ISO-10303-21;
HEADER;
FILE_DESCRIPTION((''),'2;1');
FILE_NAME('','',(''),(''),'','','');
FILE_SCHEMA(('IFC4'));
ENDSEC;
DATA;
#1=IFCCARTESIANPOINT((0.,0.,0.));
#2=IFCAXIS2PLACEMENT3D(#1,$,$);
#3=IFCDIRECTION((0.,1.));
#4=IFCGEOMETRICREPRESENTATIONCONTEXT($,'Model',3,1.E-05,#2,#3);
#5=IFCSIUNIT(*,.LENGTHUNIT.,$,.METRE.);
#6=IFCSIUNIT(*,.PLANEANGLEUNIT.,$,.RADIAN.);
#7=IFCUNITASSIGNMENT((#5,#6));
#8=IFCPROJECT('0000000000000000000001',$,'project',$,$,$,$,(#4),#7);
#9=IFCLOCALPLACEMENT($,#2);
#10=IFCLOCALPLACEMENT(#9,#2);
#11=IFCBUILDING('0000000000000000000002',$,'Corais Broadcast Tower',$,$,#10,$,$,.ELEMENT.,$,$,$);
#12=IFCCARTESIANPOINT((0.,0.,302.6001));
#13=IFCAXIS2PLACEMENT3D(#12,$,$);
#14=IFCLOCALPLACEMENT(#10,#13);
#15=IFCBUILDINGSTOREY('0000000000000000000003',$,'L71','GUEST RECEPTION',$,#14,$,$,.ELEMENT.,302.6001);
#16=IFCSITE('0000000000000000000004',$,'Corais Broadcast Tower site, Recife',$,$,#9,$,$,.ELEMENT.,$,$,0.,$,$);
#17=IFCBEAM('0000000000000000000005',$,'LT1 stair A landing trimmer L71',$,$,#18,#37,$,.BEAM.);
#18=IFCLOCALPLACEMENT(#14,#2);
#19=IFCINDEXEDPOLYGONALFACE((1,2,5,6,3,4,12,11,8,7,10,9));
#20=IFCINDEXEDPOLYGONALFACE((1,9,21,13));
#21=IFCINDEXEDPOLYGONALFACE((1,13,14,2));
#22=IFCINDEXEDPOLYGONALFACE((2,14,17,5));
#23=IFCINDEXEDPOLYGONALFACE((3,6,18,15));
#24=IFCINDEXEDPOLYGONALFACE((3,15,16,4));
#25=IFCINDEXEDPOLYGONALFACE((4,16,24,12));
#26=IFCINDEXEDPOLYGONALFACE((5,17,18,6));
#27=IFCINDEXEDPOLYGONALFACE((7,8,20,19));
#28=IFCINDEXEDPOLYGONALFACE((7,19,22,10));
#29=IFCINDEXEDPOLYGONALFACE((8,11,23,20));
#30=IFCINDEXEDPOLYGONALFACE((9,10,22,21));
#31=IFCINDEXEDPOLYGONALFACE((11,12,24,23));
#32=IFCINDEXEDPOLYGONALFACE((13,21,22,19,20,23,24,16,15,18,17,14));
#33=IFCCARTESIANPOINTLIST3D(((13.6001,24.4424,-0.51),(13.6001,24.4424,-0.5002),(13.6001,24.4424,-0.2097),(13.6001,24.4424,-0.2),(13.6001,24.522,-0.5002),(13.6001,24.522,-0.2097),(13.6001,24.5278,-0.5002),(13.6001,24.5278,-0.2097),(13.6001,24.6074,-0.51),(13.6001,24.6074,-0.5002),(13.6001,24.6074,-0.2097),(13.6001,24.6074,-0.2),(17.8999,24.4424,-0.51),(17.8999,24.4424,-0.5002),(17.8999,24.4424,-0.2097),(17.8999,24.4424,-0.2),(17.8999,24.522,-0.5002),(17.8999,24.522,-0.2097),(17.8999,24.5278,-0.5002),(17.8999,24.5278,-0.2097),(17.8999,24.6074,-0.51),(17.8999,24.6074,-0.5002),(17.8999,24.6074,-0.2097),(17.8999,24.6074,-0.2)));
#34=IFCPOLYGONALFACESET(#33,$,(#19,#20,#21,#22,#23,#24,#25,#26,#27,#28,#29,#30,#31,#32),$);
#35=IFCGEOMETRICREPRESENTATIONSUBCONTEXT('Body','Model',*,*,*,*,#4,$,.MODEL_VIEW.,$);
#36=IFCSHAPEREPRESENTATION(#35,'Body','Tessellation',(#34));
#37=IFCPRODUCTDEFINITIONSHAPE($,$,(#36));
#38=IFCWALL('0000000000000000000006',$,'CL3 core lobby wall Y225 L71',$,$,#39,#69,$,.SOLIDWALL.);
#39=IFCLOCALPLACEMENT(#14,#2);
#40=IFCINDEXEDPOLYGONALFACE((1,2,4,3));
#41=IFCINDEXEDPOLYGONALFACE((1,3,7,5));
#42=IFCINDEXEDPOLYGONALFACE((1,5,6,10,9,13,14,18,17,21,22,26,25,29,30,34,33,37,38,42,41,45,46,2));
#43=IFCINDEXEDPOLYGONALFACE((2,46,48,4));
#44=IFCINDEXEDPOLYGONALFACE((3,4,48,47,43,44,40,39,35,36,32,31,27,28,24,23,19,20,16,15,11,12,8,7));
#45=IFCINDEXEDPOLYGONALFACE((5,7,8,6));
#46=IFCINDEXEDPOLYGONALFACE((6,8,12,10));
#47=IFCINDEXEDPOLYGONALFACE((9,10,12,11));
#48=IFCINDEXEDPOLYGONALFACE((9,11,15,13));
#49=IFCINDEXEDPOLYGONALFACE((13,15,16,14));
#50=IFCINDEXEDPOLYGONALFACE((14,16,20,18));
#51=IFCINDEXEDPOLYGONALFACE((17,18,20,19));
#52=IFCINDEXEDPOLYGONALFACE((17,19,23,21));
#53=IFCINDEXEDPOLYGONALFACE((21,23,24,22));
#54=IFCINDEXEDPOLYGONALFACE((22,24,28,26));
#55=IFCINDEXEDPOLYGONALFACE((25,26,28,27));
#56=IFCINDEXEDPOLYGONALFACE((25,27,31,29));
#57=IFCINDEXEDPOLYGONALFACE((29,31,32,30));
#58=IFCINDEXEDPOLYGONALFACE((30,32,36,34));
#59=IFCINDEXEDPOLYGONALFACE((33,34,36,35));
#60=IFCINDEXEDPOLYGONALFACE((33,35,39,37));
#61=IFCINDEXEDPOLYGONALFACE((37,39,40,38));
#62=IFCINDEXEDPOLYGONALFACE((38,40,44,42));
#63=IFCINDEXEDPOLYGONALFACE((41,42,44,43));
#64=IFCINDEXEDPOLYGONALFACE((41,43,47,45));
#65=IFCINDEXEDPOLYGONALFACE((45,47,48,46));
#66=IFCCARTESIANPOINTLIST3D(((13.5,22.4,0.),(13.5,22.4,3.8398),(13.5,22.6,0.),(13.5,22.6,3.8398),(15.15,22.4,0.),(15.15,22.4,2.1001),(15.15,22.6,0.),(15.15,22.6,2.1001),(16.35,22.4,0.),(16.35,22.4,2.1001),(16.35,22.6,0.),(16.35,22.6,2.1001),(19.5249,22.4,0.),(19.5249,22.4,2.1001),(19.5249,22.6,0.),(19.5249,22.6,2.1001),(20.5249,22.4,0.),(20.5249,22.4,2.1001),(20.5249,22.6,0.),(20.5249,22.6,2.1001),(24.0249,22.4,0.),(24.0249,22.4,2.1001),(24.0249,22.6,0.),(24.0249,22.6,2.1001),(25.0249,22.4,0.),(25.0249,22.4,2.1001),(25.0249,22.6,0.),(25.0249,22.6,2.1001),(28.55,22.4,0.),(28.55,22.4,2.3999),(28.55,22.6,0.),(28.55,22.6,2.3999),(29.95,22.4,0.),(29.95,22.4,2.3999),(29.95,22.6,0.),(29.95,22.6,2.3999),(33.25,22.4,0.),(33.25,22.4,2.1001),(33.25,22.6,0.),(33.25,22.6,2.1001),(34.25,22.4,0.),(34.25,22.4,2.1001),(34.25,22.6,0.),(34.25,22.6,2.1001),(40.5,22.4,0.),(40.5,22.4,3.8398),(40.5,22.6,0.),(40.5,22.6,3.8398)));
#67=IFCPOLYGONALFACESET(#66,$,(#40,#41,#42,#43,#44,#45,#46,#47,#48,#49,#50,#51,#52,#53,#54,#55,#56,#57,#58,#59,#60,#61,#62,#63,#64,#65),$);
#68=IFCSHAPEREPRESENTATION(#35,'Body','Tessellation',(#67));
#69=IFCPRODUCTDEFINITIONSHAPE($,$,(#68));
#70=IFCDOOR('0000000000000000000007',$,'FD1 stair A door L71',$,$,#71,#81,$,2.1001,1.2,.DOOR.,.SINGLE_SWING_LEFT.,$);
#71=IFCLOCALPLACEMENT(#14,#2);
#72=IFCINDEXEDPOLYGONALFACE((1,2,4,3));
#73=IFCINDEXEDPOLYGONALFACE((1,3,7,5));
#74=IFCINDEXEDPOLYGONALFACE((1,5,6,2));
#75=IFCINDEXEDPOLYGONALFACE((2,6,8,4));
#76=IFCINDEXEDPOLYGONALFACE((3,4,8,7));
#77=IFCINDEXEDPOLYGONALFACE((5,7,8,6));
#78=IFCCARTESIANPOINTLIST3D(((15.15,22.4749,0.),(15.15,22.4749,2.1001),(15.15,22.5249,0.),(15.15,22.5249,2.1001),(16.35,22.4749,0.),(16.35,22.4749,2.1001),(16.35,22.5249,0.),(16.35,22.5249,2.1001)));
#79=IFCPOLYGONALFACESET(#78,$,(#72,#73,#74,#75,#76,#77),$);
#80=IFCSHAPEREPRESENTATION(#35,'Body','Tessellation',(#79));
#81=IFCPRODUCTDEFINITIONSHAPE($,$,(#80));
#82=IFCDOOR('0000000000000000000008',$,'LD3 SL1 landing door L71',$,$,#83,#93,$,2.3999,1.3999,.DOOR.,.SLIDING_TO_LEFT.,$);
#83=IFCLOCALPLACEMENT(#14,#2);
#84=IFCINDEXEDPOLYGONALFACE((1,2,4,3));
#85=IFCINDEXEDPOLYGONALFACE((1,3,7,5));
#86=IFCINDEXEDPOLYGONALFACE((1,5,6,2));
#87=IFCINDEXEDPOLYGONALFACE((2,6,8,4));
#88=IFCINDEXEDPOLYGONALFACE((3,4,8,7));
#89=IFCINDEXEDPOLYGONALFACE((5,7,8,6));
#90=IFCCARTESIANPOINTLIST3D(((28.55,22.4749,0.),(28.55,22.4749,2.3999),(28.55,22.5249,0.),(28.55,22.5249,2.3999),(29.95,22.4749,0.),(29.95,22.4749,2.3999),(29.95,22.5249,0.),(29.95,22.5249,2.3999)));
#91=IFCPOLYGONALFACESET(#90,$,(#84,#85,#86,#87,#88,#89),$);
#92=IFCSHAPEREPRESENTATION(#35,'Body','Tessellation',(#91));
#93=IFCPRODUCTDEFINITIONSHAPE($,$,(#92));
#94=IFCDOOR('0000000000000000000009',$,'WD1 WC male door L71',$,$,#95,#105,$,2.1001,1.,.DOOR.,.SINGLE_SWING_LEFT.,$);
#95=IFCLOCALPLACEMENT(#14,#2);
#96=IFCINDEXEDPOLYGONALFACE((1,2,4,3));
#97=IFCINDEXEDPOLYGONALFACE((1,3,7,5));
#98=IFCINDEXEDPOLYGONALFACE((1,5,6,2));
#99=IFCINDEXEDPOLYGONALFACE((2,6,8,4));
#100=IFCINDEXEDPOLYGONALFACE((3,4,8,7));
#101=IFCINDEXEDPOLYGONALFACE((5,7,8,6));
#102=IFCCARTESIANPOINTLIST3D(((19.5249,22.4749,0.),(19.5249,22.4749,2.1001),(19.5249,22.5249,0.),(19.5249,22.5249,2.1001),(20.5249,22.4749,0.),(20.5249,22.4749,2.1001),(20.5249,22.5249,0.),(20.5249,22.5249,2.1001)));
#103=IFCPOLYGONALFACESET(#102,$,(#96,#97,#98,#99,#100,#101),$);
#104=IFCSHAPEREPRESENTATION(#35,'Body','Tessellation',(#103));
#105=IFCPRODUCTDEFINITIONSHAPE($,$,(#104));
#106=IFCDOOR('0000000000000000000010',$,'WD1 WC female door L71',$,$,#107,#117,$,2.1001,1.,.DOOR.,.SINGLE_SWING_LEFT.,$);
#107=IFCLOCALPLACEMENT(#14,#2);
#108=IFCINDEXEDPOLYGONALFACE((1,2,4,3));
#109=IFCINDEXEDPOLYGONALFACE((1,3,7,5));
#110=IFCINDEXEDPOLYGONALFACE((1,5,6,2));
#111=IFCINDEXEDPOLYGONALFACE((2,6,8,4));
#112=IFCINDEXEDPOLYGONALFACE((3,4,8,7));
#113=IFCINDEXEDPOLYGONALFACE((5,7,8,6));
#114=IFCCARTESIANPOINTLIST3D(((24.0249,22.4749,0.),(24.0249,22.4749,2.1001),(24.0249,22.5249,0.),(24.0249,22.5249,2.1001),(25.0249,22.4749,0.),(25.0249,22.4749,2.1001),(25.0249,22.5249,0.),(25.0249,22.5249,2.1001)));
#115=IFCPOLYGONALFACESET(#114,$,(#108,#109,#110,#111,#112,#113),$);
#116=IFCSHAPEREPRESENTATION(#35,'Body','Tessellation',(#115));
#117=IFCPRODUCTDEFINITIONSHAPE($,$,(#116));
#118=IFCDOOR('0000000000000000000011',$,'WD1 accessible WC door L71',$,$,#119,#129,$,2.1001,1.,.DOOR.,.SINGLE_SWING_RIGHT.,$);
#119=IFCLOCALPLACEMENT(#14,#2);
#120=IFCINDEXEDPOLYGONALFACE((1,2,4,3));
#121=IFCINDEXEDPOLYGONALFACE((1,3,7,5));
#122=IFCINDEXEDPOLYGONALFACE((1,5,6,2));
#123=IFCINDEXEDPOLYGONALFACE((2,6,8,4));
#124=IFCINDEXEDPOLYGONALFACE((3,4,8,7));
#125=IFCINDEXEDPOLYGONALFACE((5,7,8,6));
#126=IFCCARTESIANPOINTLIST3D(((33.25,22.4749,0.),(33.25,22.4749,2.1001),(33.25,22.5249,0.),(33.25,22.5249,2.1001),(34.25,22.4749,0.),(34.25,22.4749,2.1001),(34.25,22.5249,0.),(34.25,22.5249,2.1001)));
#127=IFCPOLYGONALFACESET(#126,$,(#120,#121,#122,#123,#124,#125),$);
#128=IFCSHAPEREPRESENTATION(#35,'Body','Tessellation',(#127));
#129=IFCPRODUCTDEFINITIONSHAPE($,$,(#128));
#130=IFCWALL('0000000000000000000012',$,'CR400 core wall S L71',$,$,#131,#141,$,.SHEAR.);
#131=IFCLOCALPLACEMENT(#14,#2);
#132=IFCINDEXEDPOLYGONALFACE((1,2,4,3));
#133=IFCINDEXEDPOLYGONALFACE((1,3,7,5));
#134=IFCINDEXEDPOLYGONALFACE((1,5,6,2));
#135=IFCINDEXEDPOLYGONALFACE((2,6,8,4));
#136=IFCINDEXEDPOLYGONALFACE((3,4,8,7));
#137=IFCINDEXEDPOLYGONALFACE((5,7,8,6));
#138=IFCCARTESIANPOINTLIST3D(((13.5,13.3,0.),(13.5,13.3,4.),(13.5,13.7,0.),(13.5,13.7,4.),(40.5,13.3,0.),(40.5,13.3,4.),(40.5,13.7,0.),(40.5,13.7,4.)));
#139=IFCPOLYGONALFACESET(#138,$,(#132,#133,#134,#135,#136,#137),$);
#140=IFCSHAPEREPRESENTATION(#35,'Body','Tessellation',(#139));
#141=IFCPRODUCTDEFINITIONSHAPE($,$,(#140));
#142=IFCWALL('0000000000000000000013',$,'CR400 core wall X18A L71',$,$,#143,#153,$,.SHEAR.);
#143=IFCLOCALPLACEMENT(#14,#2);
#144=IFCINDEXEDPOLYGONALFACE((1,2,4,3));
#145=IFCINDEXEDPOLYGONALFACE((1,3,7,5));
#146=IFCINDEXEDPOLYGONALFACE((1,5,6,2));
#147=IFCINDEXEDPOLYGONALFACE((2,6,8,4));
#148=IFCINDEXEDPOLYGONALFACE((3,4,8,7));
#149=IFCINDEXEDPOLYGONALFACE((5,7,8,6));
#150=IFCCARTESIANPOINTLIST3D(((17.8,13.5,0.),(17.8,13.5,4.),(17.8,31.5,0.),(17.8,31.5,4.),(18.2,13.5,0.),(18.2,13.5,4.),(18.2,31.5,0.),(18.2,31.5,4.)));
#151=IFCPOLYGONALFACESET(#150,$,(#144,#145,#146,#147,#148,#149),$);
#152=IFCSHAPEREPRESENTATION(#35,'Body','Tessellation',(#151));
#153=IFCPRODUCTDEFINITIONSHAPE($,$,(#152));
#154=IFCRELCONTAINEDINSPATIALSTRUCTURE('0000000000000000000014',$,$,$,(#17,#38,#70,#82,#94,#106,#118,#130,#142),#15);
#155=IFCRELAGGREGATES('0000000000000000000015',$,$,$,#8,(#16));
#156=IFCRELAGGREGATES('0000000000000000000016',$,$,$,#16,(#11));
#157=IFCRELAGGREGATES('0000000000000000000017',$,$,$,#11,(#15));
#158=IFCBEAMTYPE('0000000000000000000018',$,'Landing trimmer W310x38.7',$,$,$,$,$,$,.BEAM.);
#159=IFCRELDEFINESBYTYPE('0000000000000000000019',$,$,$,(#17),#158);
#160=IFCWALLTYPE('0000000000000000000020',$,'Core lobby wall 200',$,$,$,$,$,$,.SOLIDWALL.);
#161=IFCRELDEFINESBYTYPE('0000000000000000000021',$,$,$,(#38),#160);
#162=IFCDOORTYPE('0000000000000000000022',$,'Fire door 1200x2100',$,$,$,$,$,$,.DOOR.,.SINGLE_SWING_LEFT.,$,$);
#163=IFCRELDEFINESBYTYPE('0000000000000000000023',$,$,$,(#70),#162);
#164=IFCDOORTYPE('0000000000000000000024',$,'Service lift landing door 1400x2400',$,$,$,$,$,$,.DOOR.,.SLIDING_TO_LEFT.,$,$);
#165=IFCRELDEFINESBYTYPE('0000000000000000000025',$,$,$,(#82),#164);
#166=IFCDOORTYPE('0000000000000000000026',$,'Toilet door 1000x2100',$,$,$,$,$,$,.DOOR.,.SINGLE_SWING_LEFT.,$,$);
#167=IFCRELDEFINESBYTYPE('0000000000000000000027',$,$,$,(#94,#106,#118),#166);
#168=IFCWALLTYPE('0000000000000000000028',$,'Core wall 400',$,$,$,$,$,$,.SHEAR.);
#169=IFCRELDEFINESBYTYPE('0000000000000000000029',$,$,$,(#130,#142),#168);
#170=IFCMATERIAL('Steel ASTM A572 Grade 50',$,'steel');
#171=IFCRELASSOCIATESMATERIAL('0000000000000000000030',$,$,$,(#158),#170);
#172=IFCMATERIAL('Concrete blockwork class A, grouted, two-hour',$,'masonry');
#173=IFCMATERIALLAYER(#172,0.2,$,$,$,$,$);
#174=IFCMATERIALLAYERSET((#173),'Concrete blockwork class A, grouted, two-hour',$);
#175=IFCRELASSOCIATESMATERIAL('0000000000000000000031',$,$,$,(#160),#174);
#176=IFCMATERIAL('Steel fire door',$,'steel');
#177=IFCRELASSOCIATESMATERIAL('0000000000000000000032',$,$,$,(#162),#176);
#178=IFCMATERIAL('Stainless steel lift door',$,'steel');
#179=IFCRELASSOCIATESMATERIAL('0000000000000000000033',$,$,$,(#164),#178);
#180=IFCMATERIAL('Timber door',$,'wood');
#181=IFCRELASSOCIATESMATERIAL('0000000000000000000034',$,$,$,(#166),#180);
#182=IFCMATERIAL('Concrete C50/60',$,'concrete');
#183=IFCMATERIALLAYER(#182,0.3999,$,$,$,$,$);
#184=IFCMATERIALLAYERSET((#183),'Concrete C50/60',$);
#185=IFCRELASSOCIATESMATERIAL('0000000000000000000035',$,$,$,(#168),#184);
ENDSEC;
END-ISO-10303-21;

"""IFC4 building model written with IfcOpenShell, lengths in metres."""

from ifc_helpers import new_model, si_unit, direction, frame, frame_2d, origin, origin_2d, place, context, subcontext, project, spatial, rectangle, i_section, extrude, material, layer, layer_set, material_profile, profile_set, type_object, element, fill, save


model = new_model("IFC4")

# Units and contexts
model_context = context("Model", 3, precision=1e-05, world=origin(), true_north=direction((0.0, 1.0)))
body_context = subcontext(model_context, "Body", "Model", "MODEL_VIEW")
ifc_project = project(units=[si_unit("LENGTHUNIT", "METRE"), si_unit("PLANEANGLEUNIT", "RADIAN")], contexts=[model_context])

# Site, building, storey
site_placement = place(None, origin())
site = spatial("IfcSite", under=ifc_project, at=site_placement, Name="Corais Broadcast Tower site, Recife", CompositionType="ELEMENT", RefElevation=0.0)
building_placement = place(site_placement, origin())
building = spatial("IfcBuilding", under=site, at=building_placement, Name="Corais Broadcast Tower", CompositionType="ELEMENT")
storey_placement = place(building_placement, frame((0.0, 0.0, 302.6001)))
storey = spatial("IfcBuildingStorey", under=building, at=storey_placement, Name="L71", Description="GUEST RECEPTION", CompositionType="ELEMENT", Elevation=302.6001)

# Beam
ifc_material_1 = material(Name="Steel ASTM A572 Grade 50", Category="steel")
ifc_material_profile = material_profile(ifc_material_1, i_section(OverallWidth=0.165, OverallDepth=0.3101, WebThickness=0.0059, FlangeThickness=0.0098, at=origin_2d()), Name="W310x38.7")
ifc_profile_set = profile_set([ifc_material_profile], Name="Steel ASTM A572 Grade 50")
beam_type = type_object("IfcBeamType", Name="Landing trimmer W310x38.7", PredefinedType="BEAM", material=ifc_profile_set)
beam_placement = place(storey_placement, frame((13.6001, 24.5249, -0.355), z_axis=(1.0, 0.0, 0.0), x_axis=(0.0, 1.0, 0.0)))
element("IfcBeam", 1, at=beam_placement, inside=storey, type_object=beam_type, Name="LT1 stair A landing trimmer L71", PredefinedType="BEAM", context=body_context, shape_type="SweptSolid", body=[
    extrude(i_section(OverallWidth=0.165, OverallDepth=0.3101, WebThickness=0.0059, FlangeThickness=0.0098, at=origin_2d()), origin(), (0.0, 0.0, 1.0), 4.2998),
])

# Wall, openings, doors
ifc_material_2 = material(Name="Concrete blockwork class A, grouted, two-hour", Category="masonry")
ifc_layer_1 = layer(ifc_material_2, 0.2)
ifc_layer_set_1 = layer_set([ifc_layer_1], Name="Concrete blockwork class A, grouted, two-hour")
wall_type_1 = type_object("IfcWallType", Name="Core lobby wall 200", PredefinedType="SOLIDWALL", material=ifc_layer_set_1)
wall_1_placement = place(storey_placement, frame((13.5, 22.5, 0.0), z_axis=(0.0, 0.0, 1.0), x_axis=(1.0, 0.0, 0.0)))
wall_1 = element("IfcWall", 2, at=wall_1_placement, inside=storey, type_object=wall_type_1, Name="CL3 core lobby wall Y225 L71", PredefinedType="SOLIDWALL", context=body_context, shape_type="SweptSolid", body=[
    extrude(rectangle(XDim=27.0, YDim=0.2, at=frame_2d((13.5, 0.0))), origin(), (0.0, 0.0, 1.0), 3.8398),
])
opening_1_placement = place(wall_1_placement, frame((1.6499, 0.0, 0.0)))
opening_1 = element("IfcOpeningElement", 3, at=opening_1_placement, cuts=wall_1, PredefinedType="OPENING", context=body_context, shape_type="SweptSolid", body=[
    extrude(rectangle(XDim=1.2, YDim=2.1001, at=frame_2d((0.6001, 1.05))), frame((0.0, 0.1099, 0.0), z_axis=(0.0, -1.0, 0.0), x_axis=(1.0, 0.0, 0.0)), (0.0, 0.0, 1.0), 0.22),
])
opening_2_placement = place(wall_1_placement, frame((6.0249, 0.0, 0.0)))
opening_2 = element("IfcOpeningElement", 4, at=opening_2_placement, cuts=wall_1, PredefinedType="OPENING", context=body_context, shape_type="SweptSolid", body=[
    extrude(rectangle(XDim=1.0, YDim=2.1001, at=frame_2d((0.5, 1.05))), frame((0.0, 0.1099, 0.0), z_axis=(0.0, -1.0, 0.0), x_axis=(1.0, 0.0, 0.0)), (0.0, 0.0, 1.0), 0.22),
])
opening_3_placement = place(wall_1_placement, frame((10.5249, 0.0, 0.0)))
opening_3 = element("IfcOpeningElement", 5, at=opening_3_placement, cuts=wall_1, PredefinedType="OPENING", context=body_context, shape_type="SweptSolid", body=[
    extrude(rectangle(XDim=1.0, YDim=2.1001, at=frame_2d((0.5, 1.05))), frame((0.0, 0.1099, 0.0), z_axis=(0.0, -1.0, 0.0), x_axis=(1.0, 0.0, 0.0)), (0.0, 0.0, 1.0), 0.22),
])
opening_4_placement = place(wall_1_placement, frame((19.75, 0.0, 0.0)))
opening_4 = element("IfcOpeningElement", 6, at=opening_4_placement, cuts=wall_1, PredefinedType="OPENING", context=body_context, shape_type="SweptSolid", body=[
    extrude(rectangle(XDim=1.0, YDim=2.1001, at=frame_2d((0.5, 1.05))), frame((0.0, 0.1099, 0.0), z_axis=(0.0, -1.0, 0.0), x_axis=(1.0, 0.0, 0.0)), (0.0, 0.0, 1.0), 0.22),
])
opening_5_placement = place(wall_1_placement, frame((15.05, 0.0, 0.0)))
opening_5 = element("IfcOpeningElement", 7, at=opening_5_placement, cuts=wall_1, PredefinedType="OPENING", context=body_context, shape_type="SweptSolid", body=[
    extrude(rectangle(XDim=1.3999, YDim=2.3999, at=frame_2d((0.7, 1.2))), frame((0.0, 0.1099, 0.0), z_axis=(0.0, -1.0, 0.0), x_axis=(1.0, 0.0, 0.0)), (0.0, 0.0, 1.0), 0.22),
])
ifc_material_3 = material(Name="Steel fire door", Category="steel")
door_type_1 = type_object("IfcDoorType", Name="Fire door 1200x2100", OperationType="SINGLE_SWING_LEFT", PredefinedType="DOOR", material=ifc_material_3)
door_1_placement = place(opening_1_placement, origin())
door_1 = element("IfcDoor", 8, at=door_1_placement, inside=storey, type_object=door_type_1, Name="FD1 stair A door L71", OperationType="SINGLE_SWING_LEFT", OverallHeight=2.1001, OverallWidth=1.2, PredefinedType="DOOR", context=body_context, shape_type="SweptSolid", body=[
    extrude(rectangle(XDim=1.2, YDim=2.1001, at=frame_2d((0.6001, 1.05))), frame((0.0, 0.0249, 0.0), z_axis=(0.0, -1.0, 0.0), x_axis=(1.0, 0.0, 0.0)), (0.0, 0.0, 1.0), 0.05),
])
fill(opening_1, door_1)
ifc_material_4 = material(Name="Stainless steel lift door", Category="steel")
door_type_2 = type_object("IfcDoorType", Name="Service lift landing door 1400x2400", OperationType="SLIDING_TO_LEFT", PredefinedType="DOOR", material=ifc_material_4)
door_2_placement = place(opening_5_placement, origin())
door_2 = element("IfcDoor", 9, at=door_2_placement, inside=storey, type_object=door_type_2, Name="LD3 SL1 landing door L71", OperationType="SLIDING_TO_LEFT", OverallHeight=2.3999, OverallWidth=1.3999, PredefinedType="DOOR", context=body_context, shape_type="SweptSolid", body=[
    extrude(rectangle(XDim=1.3999, YDim=2.3999, at=frame_2d((0.7, 1.2))), frame((0.0, 0.0249, 0.0), z_axis=(0.0, -1.0, 0.0), x_axis=(1.0, 0.0, 0.0)), (0.0, 0.0, 1.0), 0.05),
])
fill(opening_5, door_2)
ifc_material_5 = material(Name="Timber door", Category="wood")
door_type_3 = type_object("IfcDoorType", Name="Toilet door 1000x2100", OperationType="SINGLE_SWING_LEFT", PredefinedType="DOOR", material=ifc_material_5)
door_3_placement = place(opening_2_placement, origin())
door_3 = element("IfcDoor", 10, at=door_3_placement, inside=storey, type_object=door_type_3, Name="WD1 WC male door L71", OperationType="SINGLE_SWING_LEFT", OverallHeight=2.1001, OverallWidth=1.0, PredefinedType="DOOR", context=body_context, shape_type="SweptSolid", body=[
    extrude(rectangle(XDim=1.0, YDim=2.1001, at=frame_2d((0.5, 1.05))), frame((0.0, 0.0249, 0.0), z_axis=(0.0, -1.0, 0.0), x_axis=(1.0, 0.0, 0.0)), (0.0, 0.0, 1.0), 0.05),
])
fill(opening_2, door_3)
door_4_placement = place(opening_3_placement, origin())
door_4 = element("IfcDoor", 11, at=door_4_placement, inside=storey, type_object=door_type_3, Name="WD1 WC female door L71", OperationType="SINGLE_SWING_LEFT", OverallHeight=2.1001, OverallWidth=1.0, PredefinedType="DOOR", context=body_context, shape_type="SweptSolid", body=[
    extrude(rectangle(XDim=1.0, YDim=2.1001, at=frame_2d((0.5, 1.05))), frame((0.0, 0.0249, 0.0), z_axis=(0.0, -1.0, 0.0), x_axis=(1.0, 0.0, 0.0)), (0.0, 0.0, 1.0), 0.05),
])
fill(opening_3, door_4)
door_5_placement = place(opening_4_placement, origin())
door_5 = element("IfcDoor", 12, at=door_5_placement, inside=storey, type_object=door_type_3, Name="WD1 accessible WC door L71", OperationType="SINGLE_SWING_RIGHT", OverallHeight=2.1001, OverallWidth=1.0, PredefinedType="DOOR", context=body_context, shape_type="SweptSolid", body=[
    extrude(rectangle(XDim=1.0, YDim=2.1001, at=frame_2d((0.5, 1.05))), frame((0.0, 0.0249, 0.0), z_axis=(0.0, -1.0, 0.0), x_axis=(1.0, 0.0, 0.0)), (0.0, 0.0, 1.0), 0.05),
])
fill(opening_4, door_5)

# Walls
ifc_material_6 = material(Name="Concrete C50/60", Category="concrete")
ifc_layer_2 = layer(ifc_material_6, 0.3999)
ifc_layer_set_2 = layer_set([ifc_layer_2], Name="Concrete C50/60")
wall_type_2 = type_object("IfcWallType", Name="Core wall 400", PredefinedType="SHEAR", material=ifc_layer_set_2)
wall_2_placement = place(storey_placement, frame((13.5, 13.5, 0.0), z_axis=(0.0, 0.0, 1.0), x_axis=(1.0, 0.0, 0.0)))
element("IfcWall", 13, at=wall_2_placement, inside=storey, type_object=wall_type_2, Name="CR400 core wall S L71", PredefinedType="SHEAR", context=body_context, shape_type="SweptSolid", body=[
    extrude(rectangle(XDim=27.0, YDim=0.3999, at=frame_2d((13.5, 0.0))), origin(), (0.0, 0.0, 1.0), 4.0),
])
wall_3_placement = place(storey_placement, frame((18.0, 13.5, 0.0), z_axis=(0.0, 0.0, 1.0), x_axis=(0.0, 1.0, 0.0)))
element("IfcWall", 14, at=wall_3_placement, inside=storey, type_object=wall_type_2, Name="CR400 core wall X18A L71", PredefinedType="SHEAR", context=body_context, shape_type="SweptSolid", body=[
    extrude(rectangle(XDim=18.0, YDim=0.3999, at=frame_2d((9.0, 0.0))), origin(), (0.0, 0.0, 1.0), 4.0),
])

save(model, "model.ifc")
